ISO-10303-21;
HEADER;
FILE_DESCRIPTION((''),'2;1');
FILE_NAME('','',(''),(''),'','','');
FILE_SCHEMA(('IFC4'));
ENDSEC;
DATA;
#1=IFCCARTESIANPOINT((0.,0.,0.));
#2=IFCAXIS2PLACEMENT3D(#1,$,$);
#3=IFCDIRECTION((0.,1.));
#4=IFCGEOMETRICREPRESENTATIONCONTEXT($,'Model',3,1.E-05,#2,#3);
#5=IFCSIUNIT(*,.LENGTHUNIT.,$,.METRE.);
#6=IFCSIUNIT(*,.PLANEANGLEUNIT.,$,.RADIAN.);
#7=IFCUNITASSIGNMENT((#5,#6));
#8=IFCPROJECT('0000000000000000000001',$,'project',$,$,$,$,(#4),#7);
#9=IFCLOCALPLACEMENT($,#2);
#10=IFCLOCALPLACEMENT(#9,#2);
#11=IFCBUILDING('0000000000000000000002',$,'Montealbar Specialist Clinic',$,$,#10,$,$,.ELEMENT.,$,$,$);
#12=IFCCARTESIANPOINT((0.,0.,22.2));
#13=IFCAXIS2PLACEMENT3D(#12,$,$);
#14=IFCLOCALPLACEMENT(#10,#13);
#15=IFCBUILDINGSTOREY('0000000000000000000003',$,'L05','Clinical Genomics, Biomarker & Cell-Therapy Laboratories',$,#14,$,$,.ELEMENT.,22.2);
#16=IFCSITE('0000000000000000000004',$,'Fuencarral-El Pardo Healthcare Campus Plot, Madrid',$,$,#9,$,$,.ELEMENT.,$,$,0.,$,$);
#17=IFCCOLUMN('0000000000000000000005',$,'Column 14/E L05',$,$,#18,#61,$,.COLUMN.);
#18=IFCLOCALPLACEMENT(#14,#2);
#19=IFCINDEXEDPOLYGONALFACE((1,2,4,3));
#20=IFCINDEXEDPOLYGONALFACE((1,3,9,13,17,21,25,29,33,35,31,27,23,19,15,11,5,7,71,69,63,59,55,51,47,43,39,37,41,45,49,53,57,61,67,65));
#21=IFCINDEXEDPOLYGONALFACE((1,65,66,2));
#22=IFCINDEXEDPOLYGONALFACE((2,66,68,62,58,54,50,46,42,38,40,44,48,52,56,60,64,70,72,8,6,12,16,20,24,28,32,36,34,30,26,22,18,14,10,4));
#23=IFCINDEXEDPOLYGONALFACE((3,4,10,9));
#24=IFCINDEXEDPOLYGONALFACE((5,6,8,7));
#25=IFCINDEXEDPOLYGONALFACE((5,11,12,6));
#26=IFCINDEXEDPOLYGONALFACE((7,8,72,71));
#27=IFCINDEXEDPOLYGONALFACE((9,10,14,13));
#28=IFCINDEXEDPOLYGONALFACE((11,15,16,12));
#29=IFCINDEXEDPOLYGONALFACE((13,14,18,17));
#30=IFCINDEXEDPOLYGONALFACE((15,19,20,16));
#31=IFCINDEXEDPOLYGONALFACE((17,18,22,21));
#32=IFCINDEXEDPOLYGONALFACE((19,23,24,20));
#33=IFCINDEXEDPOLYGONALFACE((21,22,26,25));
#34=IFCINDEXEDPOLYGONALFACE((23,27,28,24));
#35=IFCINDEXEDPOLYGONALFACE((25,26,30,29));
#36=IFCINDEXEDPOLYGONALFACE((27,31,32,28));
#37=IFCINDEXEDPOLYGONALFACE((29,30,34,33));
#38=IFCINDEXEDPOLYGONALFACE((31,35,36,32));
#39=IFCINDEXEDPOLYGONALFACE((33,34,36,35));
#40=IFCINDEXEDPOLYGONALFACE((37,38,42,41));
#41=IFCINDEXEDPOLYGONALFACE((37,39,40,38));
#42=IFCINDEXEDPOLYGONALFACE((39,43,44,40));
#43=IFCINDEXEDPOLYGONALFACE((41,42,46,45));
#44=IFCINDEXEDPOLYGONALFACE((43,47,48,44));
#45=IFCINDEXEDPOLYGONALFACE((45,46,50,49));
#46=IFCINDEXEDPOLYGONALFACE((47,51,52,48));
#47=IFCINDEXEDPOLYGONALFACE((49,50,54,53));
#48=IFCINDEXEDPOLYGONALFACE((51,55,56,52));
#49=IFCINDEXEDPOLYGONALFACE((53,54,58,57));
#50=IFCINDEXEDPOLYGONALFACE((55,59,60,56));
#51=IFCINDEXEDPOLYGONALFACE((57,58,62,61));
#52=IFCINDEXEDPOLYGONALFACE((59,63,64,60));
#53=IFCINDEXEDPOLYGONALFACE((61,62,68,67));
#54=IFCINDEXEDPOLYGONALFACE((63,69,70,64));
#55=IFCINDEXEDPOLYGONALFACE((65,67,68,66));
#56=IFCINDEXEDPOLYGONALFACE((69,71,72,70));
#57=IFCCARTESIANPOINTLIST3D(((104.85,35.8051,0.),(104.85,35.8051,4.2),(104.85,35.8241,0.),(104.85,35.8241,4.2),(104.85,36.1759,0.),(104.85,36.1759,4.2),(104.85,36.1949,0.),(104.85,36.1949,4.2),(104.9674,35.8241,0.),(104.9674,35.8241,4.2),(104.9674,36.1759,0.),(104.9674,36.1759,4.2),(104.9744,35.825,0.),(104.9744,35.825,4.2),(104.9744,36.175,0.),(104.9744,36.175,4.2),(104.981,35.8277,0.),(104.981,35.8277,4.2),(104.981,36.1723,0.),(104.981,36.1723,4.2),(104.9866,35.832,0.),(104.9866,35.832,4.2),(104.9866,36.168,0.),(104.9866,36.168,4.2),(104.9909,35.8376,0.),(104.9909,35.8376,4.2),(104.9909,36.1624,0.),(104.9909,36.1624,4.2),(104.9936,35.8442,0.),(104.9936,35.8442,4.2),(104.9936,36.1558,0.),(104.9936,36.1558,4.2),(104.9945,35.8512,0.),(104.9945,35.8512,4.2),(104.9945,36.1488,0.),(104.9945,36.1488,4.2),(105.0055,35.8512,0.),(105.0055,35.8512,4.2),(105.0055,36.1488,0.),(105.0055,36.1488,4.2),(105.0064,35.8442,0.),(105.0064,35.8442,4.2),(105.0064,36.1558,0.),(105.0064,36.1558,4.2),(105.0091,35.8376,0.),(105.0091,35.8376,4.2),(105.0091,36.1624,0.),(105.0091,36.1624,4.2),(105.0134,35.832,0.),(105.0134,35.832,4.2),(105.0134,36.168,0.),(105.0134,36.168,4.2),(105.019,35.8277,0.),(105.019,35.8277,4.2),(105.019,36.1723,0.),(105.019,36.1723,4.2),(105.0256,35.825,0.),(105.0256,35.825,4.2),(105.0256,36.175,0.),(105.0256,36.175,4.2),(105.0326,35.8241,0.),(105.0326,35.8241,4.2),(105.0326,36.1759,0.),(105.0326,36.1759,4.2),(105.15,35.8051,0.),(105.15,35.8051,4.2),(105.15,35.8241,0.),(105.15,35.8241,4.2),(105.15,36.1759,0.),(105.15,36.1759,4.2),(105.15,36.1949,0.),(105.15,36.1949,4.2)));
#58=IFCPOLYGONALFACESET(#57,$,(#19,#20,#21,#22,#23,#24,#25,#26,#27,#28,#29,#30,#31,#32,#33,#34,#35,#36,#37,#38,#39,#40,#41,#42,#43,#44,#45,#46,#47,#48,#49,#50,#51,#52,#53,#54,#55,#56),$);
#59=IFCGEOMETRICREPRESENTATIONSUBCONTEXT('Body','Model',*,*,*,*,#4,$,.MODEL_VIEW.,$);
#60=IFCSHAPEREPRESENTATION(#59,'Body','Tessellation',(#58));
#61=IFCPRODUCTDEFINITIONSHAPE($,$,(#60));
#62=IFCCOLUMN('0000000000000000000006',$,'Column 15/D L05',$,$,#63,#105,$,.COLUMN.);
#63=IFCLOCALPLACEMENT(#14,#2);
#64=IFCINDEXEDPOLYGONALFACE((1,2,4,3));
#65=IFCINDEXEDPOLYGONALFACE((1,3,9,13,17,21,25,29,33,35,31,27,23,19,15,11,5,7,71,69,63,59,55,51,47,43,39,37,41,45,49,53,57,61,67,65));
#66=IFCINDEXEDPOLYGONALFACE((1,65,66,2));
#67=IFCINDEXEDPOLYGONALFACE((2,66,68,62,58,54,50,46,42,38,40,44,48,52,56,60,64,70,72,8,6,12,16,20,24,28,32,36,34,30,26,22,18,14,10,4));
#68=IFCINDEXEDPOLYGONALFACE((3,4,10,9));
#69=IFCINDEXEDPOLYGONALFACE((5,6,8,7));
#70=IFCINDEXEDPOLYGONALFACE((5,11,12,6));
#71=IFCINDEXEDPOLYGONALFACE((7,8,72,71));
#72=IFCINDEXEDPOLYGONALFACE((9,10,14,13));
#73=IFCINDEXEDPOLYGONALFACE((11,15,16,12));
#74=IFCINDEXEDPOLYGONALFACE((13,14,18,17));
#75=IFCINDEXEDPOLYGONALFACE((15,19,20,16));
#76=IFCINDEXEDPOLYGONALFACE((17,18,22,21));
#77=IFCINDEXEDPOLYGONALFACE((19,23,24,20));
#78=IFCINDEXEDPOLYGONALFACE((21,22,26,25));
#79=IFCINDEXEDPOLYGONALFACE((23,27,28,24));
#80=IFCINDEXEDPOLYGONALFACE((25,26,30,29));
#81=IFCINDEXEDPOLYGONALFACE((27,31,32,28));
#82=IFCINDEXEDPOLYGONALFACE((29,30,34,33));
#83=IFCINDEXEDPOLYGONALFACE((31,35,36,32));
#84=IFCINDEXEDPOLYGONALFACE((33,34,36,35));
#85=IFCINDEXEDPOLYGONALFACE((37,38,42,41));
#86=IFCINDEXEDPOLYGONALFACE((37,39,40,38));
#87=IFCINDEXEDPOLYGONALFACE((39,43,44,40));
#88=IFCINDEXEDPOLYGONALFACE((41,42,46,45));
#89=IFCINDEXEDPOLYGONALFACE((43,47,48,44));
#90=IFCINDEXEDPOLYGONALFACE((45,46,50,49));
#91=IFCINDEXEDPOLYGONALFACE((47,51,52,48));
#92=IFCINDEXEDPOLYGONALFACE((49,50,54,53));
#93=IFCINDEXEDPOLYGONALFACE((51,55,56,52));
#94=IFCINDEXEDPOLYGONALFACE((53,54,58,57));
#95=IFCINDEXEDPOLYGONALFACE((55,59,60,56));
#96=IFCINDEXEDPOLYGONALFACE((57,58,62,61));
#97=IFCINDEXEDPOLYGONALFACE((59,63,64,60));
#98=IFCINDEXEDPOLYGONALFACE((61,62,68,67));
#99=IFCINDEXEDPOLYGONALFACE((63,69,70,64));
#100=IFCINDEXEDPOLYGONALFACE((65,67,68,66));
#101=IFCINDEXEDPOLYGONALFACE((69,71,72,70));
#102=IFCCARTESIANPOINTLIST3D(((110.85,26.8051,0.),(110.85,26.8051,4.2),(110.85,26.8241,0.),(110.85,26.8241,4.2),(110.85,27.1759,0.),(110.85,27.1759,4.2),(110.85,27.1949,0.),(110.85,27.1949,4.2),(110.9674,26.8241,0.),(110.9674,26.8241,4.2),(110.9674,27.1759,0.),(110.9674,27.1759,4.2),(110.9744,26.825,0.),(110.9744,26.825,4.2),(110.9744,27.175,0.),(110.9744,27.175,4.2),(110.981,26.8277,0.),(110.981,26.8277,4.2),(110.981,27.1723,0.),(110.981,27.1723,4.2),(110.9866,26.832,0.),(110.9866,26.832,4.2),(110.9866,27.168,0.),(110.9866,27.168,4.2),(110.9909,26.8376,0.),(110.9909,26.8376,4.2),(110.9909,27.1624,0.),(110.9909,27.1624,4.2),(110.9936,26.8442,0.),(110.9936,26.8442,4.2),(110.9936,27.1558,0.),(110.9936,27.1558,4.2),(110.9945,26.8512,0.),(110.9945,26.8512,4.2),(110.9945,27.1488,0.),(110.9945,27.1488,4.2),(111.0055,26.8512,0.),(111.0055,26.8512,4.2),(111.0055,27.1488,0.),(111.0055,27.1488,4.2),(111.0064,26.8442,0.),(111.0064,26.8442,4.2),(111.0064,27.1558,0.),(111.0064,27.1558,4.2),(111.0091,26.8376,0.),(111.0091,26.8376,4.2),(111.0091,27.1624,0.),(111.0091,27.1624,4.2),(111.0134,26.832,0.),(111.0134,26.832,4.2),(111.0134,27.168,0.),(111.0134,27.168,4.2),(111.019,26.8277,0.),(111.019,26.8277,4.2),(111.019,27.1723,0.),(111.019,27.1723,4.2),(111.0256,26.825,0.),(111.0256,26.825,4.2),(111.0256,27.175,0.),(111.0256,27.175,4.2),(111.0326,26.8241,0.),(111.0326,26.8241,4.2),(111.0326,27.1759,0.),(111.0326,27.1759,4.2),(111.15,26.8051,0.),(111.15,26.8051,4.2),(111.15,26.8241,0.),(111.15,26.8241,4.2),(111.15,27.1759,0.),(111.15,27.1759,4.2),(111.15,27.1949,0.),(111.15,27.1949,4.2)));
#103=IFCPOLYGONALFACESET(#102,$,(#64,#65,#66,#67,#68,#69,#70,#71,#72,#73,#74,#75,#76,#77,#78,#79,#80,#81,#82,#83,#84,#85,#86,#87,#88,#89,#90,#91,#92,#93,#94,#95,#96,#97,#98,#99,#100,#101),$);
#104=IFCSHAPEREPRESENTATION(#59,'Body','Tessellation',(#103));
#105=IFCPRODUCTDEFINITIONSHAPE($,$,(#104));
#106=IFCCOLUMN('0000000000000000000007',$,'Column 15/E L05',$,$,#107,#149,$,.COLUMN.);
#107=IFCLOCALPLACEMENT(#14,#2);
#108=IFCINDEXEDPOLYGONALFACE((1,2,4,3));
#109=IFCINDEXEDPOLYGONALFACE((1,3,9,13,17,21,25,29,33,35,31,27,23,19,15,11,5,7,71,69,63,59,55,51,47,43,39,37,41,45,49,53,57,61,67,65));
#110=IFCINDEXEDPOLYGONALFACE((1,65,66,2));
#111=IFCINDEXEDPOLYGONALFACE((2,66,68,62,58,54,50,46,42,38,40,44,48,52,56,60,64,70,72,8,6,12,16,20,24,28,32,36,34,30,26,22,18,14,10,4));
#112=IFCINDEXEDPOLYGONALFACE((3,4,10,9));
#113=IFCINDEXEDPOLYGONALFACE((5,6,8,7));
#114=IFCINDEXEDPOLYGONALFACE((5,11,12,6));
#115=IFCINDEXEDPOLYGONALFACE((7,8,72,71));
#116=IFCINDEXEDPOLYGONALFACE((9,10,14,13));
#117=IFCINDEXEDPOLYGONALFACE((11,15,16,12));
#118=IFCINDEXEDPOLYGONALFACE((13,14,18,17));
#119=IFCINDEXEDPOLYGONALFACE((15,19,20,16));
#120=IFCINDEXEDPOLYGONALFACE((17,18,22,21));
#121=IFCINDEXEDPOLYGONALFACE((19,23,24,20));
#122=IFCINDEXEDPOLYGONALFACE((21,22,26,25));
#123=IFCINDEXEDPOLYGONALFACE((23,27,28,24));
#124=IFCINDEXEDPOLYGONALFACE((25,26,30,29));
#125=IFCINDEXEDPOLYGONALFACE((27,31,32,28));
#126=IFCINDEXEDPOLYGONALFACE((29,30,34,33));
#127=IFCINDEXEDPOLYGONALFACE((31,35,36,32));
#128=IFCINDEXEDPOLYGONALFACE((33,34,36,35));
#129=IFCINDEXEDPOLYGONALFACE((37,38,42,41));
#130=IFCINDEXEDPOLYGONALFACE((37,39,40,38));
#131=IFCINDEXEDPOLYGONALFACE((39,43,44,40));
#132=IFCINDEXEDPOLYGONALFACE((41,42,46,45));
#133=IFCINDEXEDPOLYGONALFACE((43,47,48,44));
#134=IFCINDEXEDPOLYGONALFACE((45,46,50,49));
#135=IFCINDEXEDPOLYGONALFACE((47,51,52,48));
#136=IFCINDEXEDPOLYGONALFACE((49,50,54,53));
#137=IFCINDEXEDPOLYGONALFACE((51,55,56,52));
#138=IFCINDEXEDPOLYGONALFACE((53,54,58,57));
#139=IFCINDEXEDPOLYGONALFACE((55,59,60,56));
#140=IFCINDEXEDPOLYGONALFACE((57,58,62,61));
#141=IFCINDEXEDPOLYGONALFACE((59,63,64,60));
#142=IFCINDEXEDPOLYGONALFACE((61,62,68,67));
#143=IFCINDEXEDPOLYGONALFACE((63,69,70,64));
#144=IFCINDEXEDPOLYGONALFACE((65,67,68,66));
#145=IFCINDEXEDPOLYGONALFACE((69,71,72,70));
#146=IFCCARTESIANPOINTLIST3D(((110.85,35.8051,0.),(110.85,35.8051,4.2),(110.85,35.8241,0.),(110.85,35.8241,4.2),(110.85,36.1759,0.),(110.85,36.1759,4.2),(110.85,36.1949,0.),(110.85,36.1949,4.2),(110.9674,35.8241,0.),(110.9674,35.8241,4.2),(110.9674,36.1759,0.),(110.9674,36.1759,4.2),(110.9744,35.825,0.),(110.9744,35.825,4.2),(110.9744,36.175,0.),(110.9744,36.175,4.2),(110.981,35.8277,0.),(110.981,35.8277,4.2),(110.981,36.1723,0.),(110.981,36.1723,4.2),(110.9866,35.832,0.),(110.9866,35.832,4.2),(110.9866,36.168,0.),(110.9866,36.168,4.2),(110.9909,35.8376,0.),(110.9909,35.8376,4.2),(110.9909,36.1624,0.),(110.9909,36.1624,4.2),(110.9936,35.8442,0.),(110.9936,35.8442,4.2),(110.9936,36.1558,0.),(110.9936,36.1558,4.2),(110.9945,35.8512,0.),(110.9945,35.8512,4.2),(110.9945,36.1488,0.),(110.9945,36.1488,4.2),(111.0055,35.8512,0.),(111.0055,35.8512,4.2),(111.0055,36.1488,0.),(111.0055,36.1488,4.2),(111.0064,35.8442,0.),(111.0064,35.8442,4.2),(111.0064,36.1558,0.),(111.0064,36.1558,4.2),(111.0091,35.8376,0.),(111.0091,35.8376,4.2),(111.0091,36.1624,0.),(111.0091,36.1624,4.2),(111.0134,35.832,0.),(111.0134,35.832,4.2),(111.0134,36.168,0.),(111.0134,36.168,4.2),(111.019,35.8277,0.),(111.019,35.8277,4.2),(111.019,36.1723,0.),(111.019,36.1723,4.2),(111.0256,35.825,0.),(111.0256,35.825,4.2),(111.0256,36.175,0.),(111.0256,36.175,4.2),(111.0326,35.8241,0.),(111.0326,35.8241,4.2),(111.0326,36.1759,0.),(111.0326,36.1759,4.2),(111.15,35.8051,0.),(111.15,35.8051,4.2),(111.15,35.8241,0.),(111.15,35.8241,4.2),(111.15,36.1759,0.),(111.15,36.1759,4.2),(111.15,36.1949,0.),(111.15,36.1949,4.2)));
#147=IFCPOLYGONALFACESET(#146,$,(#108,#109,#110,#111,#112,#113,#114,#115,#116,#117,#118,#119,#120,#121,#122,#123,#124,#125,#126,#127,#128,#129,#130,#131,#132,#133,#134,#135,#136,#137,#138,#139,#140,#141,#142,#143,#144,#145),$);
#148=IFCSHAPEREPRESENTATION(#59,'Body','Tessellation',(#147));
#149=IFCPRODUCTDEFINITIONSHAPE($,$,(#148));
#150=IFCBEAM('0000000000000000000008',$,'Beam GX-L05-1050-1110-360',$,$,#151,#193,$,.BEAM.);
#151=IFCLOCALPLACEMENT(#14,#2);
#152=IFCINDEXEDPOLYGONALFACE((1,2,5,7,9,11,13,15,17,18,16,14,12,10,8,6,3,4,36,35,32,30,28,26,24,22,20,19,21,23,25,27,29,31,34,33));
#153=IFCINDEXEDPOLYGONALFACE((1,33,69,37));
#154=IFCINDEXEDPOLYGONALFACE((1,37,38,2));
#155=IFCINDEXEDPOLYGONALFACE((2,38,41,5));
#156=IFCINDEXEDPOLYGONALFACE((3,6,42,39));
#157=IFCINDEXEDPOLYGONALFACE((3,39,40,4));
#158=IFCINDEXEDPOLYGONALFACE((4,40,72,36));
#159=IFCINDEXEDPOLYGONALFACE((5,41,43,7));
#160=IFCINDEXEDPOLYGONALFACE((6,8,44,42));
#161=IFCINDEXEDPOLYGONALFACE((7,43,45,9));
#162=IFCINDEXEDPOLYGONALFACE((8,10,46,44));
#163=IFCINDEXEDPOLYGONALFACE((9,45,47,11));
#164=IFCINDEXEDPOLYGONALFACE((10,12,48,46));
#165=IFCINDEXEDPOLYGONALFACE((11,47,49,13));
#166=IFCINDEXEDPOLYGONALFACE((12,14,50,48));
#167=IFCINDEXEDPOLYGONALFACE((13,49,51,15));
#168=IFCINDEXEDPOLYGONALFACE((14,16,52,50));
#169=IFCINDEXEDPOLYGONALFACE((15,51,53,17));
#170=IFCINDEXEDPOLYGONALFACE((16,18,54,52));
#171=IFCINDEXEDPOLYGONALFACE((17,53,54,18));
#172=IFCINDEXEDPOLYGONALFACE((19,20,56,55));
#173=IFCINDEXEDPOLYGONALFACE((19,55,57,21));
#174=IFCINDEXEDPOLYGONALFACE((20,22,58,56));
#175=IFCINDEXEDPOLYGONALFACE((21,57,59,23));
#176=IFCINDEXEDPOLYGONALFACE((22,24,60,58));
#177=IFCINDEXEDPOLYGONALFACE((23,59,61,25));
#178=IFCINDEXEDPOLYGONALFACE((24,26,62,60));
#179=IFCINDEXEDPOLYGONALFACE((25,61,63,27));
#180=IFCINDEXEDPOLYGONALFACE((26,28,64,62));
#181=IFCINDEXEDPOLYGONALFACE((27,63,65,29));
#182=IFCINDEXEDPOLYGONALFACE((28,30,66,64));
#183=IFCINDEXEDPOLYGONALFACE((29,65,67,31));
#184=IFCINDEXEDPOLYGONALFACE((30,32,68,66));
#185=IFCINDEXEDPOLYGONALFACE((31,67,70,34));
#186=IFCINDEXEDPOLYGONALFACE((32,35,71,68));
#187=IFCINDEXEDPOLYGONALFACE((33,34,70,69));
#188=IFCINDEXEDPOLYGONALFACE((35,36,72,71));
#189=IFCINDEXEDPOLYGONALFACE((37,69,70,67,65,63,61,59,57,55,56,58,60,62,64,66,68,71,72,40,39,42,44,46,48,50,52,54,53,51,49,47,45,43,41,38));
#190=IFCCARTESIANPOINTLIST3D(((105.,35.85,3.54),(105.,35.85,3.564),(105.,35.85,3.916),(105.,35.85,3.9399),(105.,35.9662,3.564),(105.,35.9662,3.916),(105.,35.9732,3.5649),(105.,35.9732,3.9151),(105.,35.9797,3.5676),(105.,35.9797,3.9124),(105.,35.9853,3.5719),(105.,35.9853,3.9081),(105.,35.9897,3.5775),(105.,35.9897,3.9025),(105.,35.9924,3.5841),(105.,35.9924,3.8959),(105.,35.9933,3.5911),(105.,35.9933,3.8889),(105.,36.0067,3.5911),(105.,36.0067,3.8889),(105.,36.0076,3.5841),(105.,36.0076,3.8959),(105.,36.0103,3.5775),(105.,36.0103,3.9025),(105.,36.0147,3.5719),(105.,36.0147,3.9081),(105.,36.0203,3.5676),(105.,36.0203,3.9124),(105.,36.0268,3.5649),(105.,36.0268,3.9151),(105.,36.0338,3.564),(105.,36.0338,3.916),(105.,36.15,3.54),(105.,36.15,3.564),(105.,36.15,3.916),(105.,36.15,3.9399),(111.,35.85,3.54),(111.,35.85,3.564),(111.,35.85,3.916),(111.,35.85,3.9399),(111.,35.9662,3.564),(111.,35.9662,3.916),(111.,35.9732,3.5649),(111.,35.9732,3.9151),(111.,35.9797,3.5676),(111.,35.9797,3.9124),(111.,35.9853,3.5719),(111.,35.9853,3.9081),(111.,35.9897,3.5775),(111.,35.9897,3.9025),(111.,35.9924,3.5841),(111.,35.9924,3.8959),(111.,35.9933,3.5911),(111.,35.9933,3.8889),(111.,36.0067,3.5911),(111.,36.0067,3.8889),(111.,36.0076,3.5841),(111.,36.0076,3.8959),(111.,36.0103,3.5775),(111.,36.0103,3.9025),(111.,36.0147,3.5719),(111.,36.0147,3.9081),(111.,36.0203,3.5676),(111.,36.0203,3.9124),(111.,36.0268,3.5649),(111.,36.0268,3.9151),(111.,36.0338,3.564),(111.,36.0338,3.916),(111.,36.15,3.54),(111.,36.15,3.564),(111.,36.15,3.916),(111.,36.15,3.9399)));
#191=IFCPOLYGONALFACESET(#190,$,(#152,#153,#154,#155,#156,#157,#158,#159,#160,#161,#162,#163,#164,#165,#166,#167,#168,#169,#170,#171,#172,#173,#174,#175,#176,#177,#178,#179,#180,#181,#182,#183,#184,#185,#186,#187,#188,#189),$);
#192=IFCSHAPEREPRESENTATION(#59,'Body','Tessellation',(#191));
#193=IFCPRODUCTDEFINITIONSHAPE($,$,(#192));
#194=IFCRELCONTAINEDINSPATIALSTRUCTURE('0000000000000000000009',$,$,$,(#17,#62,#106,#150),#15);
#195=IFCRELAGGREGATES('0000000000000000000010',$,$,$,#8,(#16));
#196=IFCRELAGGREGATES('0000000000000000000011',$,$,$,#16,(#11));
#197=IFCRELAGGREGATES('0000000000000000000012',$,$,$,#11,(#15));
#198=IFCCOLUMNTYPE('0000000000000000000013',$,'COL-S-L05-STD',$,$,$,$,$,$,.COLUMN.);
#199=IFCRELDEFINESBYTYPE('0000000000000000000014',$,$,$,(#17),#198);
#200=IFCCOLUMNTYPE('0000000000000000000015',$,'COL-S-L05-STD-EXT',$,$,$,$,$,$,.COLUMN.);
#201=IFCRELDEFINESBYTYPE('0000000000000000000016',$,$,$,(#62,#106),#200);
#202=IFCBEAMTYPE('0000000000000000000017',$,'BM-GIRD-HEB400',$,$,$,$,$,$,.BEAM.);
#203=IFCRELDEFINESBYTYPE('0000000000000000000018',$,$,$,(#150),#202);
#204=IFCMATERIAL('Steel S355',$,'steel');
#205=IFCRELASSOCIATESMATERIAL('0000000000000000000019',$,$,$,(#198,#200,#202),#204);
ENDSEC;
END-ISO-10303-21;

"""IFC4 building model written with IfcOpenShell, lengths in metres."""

from ifc_helpers import new_model, si_unit, direction, frame, origin, origin_2d, place, context, subcontext, project, spatial, i_section, extrude, material, material_profile, profile_set, type_object, element, save


model = new_model("IFC4")

# Units and contexts
model_context = context("Model", 3, precision=1e-05, world=origin(), true_north=direction((0.0, 1.0)))
body_context = subcontext(model_context, "Body", "Model", "MODEL_VIEW")
ifc_project = project(units=[si_unit("LENGTHUNIT", "METRE"), si_unit("PLANEANGLEUNIT", "RADIAN")], contexts=[model_context])

# Site, building, storey
site_placement = place(None, origin())
site = spatial("IfcSite", under=ifc_project, at=site_placement, Name="Fuencarral-El Pardo Healthcare Campus Plot, Madrid", CompositionType="ELEMENT", RefElevation=0.0)
building_placement = place(site_placement, origin())
building = spatial("IfcBuilding", under=site, at=building_placement, Name="Montealbar Specialist Clinic", CompositionType="ELEMENT")
storey_placement = place(building_placement, frame((0.0, 0.0, 22.2)))
storey = spatial("IfcBuildingStorey", under=building, at=storey_placement, Name="L05", Description="Clinical Genomics, Biomarker & Cell-Therapy Laboratories", CompositionType="ELEMENT", Elevation=22.2)

# Columns
ifc_material_1 = material(Name="Steel S355", Category="steel")
ifc_material_profile_1 = material_profile(ifc_material_1, i_section(OverallWidth=0.3, OverallDepth=0.3899, WebThickness=0.011, FlangeThickness=0.019, FilletRadius=0.0271, at=origin_2d()), Name="HEA 400", Category="steel")
ifc_profile_set_1 = profile_set([ifc_material_profile_1], Name="Steel S355")
column_type_1 = type_object("IfcColumnType", Name="COL-S-L05-STD", PredefinedType="COLUMN", material=ifc_profile_set_1)
column_placement = place(storey_placement, frame((105.0, 36.0, 0.0), z_axis=(0.0, 0.0, 1.0), x_axis=(1.0, 0.0, 0.0)))
element("IfcColumn", 1, at=column_placement, inside=storey, type_object=column_type_1, Name="Column 14/E L05", PredefinedType="COLUMN", context=body_context, shape_type="SweptSolid", body=[
    extrude(i_section(OverallWidth=0.3, OverallDepth=0.3899, WebThickness=0.011, FlangeThickness=0.019, FilletRadius=0.0271, at=origin_2d()), origin(), (0.0, 0.0, 1.0), 4.2),
])
ifc_material_profile_2 = material_profile(ifc_material_1, i_section(OverallWidth=0.3, OverallDepth=0.3899, WebThickness=0.011, FlangeThickness=0.019, FilletRadius=0.0271, at=origin_2d()), Name="HEA 400", Category="steel")
ifc_profile_set_2 = profile_set([ifc_material_profile_2], Name="Steel S355")
column_type_2 = type_object("IfcColumnType", Name="COL-S-L05-STD-EXT", PredefinedType="COLUMN", material=ifc_profile_set_2)
for number, where, z_axis, x_axis, name in (
    (2, (111.0, 27.0, 0.0), (0.0, 0.0, 1.0), (1.0, 0.0, 0.0), "Column 15/D L05"),
    (3, (111.0, 36.0, 0.0), (0.0, 0.0, 1.0), (1.0, 0.0, 0.0), "Column 15/E L05"),
):
    element("IfcColumn", number, at=place(storey_placement, frame(where, z_axis=z_axis, x_axis=x_axis)), inside=storey, type_object=column_type_2, Name=name, PredefinedType="COLUMN", context=body_context, shape_type="SweptSolid", body=[
        extrude(i_section(OverallWidth=0.3, OverallDepth=0.3899, WebThickness=0.011, FlangeThickness=0.019, FilletRadius=0.0271, at=origin_2d()), origin(), (0.0, 0.0, 1.0), 4.2),
    ])

# Beam
ifc_material_profile_3 = material_profile(ifc_material_1, i_section(OverallWidth=0.3, OverallDepth=0.3999, WebThickness=0.0134, FlangeThickness=0.0239, FilletRadius=0.0271, at=origin_2d()), Name="HEB 400", Category="steel")
ifc_profile_set_3 = profile_set([ifc_material_profile_3], Name="Steel S355")
beam_type_1 = type_object("IfcBeamType", Name="BM-GIRD-HEB400", PredefinedType="BEAM", material=ifc_profile_set_3)
beam_1_placement = place(storey_placement, frame((105.0, 36.0, 3.74), z_axis=(1.0, 0.0, 0.0), x_axis=(0.0, 1.0, 0.0)))
element("IfcBeam", 4, at=beam_1_placement, inside=storey, type_object=beam_type_1, Name="Beam GX-L05-1050-1110-360", PredefinedType="BEAM", context=body_context, shape_type="SweptSolid", body=[
    extrude(i_section(OverallWidth=0.3, OverallDepth=0.3999, WebThickness=0.0134, FlangeThickness=0.0239, FilletRadius=0.0271, at=origin_2d()), origin(), (0.0, 0.0, 1.0), 6.0),
])

save(model, "model.ifc")
